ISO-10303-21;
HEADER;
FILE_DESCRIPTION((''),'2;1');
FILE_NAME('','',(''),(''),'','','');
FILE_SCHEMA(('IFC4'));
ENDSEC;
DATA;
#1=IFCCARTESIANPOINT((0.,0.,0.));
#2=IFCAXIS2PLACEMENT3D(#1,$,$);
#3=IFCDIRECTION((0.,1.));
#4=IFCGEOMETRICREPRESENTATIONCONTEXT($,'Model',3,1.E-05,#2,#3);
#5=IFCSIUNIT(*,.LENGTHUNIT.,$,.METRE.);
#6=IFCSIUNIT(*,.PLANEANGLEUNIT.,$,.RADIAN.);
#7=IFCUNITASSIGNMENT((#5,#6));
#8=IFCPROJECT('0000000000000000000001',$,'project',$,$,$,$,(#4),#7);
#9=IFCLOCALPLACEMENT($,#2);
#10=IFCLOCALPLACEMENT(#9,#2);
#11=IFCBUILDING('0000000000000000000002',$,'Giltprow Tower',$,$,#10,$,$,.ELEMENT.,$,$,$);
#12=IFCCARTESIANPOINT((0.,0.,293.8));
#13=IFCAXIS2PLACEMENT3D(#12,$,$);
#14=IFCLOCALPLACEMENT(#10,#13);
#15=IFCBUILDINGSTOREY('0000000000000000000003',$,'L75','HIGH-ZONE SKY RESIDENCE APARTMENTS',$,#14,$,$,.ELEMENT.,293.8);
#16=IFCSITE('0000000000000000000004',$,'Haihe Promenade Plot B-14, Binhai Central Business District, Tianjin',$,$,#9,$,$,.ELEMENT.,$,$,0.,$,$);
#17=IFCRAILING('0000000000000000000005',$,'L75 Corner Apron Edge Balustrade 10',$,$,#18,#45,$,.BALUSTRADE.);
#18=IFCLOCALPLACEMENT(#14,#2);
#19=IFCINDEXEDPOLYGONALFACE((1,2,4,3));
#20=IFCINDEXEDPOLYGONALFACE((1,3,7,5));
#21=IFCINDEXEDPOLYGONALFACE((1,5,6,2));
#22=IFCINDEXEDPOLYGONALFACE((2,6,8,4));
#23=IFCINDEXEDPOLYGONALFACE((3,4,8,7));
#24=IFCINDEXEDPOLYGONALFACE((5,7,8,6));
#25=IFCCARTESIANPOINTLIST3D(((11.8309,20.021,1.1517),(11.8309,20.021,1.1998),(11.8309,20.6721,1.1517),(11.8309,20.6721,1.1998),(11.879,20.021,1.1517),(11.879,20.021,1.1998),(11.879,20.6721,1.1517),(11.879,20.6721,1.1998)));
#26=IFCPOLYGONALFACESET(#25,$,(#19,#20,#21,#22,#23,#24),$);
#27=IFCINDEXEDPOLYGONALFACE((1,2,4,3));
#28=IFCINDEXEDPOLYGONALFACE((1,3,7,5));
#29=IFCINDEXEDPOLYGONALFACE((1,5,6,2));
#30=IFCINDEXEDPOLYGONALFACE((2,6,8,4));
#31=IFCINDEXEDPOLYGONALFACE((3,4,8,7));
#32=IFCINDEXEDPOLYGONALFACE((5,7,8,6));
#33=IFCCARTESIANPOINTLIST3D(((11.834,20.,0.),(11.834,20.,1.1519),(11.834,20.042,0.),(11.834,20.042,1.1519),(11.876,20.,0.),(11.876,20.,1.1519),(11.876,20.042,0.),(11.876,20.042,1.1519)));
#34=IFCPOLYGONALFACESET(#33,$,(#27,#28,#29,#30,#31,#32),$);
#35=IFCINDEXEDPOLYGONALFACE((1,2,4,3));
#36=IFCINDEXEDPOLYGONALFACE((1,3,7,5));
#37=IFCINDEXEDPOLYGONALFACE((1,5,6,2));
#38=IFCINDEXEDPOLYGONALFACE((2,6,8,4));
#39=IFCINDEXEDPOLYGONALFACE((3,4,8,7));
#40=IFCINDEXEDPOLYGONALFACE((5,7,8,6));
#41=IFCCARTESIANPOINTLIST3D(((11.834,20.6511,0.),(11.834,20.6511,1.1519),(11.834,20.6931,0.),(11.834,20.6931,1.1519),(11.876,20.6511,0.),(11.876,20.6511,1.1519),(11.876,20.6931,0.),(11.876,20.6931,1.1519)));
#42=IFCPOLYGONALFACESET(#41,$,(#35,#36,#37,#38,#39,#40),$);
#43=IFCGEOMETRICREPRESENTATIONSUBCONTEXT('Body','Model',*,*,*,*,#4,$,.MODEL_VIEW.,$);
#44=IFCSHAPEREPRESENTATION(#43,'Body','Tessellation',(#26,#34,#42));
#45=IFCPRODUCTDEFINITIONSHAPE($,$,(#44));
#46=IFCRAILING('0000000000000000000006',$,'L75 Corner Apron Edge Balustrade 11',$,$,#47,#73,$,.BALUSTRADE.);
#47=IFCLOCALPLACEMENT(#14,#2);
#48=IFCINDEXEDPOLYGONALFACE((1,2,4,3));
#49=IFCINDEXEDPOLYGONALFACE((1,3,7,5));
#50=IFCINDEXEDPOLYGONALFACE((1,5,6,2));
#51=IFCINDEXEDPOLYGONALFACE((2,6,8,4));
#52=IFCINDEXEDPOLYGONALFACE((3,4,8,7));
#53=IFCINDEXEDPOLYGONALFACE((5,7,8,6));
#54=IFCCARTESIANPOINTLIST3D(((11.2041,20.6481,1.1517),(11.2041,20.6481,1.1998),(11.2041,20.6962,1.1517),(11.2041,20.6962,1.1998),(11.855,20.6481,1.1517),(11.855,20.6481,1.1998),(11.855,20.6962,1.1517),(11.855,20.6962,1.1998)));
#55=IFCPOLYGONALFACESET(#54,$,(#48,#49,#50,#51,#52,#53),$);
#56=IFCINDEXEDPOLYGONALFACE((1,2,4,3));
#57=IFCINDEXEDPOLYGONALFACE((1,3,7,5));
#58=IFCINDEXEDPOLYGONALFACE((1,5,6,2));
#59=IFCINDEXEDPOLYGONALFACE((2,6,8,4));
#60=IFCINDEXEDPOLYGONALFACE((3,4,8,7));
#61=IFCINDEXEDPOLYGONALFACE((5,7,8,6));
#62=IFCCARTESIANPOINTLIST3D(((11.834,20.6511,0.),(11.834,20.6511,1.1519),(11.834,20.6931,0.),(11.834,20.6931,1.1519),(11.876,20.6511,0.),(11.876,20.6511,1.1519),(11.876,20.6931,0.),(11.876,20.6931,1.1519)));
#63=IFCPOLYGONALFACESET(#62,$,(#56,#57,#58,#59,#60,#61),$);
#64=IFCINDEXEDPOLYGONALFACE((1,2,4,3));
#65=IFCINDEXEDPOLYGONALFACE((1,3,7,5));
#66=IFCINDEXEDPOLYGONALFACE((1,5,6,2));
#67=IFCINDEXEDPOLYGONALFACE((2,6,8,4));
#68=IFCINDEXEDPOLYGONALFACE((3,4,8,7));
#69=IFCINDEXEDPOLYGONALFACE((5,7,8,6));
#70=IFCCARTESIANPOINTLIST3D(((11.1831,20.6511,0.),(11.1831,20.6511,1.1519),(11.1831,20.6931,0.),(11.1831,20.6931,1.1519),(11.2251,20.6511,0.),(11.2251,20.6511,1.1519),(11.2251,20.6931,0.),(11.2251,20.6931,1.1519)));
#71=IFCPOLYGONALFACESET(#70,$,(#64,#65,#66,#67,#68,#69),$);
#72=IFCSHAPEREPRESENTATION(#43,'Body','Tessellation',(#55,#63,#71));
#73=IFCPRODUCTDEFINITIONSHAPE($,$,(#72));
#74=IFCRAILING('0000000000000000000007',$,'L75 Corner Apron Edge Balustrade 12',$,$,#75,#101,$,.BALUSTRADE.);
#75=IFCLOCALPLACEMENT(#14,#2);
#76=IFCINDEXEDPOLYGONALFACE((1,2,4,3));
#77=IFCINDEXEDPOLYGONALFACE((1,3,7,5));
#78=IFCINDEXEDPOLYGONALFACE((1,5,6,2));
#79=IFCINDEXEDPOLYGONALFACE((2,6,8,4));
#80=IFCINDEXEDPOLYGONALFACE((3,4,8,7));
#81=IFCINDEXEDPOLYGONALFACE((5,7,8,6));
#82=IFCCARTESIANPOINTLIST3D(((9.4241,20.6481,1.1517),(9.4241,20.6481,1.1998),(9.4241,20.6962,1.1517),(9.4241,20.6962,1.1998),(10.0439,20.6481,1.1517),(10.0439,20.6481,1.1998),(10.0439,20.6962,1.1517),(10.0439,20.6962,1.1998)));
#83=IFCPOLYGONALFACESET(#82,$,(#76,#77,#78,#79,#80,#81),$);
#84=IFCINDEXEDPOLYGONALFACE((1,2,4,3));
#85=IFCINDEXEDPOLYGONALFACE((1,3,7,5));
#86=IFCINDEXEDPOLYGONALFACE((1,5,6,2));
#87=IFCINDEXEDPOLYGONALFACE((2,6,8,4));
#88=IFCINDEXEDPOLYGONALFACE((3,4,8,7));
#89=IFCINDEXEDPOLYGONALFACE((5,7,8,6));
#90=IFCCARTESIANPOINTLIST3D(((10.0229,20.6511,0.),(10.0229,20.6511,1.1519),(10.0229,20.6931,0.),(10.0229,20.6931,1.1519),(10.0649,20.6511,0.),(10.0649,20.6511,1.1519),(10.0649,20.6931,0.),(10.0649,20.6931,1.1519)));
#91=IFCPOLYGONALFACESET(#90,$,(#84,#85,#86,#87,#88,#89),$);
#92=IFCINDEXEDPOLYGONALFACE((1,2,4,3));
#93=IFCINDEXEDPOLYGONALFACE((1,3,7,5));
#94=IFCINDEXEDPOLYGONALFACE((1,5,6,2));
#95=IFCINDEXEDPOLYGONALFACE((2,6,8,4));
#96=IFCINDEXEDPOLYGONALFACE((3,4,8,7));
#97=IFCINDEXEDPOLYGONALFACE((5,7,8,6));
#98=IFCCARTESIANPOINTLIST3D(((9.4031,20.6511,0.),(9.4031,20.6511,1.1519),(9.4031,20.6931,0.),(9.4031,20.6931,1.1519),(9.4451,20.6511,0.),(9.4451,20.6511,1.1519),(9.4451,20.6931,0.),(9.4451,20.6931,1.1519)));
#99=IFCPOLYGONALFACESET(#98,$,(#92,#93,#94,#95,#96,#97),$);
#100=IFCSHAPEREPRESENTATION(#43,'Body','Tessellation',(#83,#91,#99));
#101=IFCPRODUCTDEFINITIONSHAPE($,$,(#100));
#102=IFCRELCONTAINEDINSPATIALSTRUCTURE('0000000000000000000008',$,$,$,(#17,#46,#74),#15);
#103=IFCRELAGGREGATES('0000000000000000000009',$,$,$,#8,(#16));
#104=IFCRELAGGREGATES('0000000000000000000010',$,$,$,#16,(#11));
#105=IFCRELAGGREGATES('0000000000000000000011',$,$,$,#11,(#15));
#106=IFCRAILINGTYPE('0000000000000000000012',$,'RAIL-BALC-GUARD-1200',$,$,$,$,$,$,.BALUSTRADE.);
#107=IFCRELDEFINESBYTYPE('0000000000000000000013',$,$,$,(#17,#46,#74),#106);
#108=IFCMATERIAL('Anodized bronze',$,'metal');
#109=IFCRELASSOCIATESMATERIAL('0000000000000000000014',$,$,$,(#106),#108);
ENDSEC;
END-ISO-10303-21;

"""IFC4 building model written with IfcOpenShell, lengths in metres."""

from ifc_helpers import new_model, si_unit, direction, frame, origin, origin_2d, place, context, subcontext, project, spatial, rectangle, extrude, material, type_object, element, save


model = new_model("IFC4")

# Units and contexts
model_context = context("Model", 3, precision=1e-05, world=origin(), true_north=direction((0.0, 1.0)))
body_context = subcontext(model_context, "Body", "Model", "MODEL_VIEW")
ifc_project = project(units=[si_unit("LENGTHUNIT", "METRE"), si_unit("PLANEANGLEUNIT", "RADIAN")], contexts=[model_context])

# Site, building, storey
site_placement = place(None, origin())
site = spatial("IfcSite", under=ifc_project, at=site_placement, Name="Haihe Promenade Plot B-14, Binhai Central Business District, Tianjin", CompositionType="ELEMENT", RefElevation=0.0)
building_placement = place(site_placement, origin())
building = spatial("IfcBuilding", under=site, at=building_placement, Name="Giltprow Tower", CompositionType="ELEMENT")
storey_placement = place(building_placement, frame((0.0, 0.0, 293.8)))
storey = spatial("IfcBuildingStorey", under=building, at=storey_placement, Name="L75", Description="HIGH-ZONE SKY RESIDENCE APARTMENTS", CompositionType="ELEMENT", Elevation=293.8)

# Railings
ifc_material_1 = material(Name="Anodized bronze", Category="metal")
railing_type = type_object("IfcRailingType", Name="RAIL-BALC-GUARD-1200", PredefinedType="BALUSTRADE", material=ifc_material_1)
railing_1_placement = place(storey_placement, frame((11.855, 20.021, 0.0)))
element("IfcRailing", 1, at=railing_1_placement, inside=storey, type_object=railing_type, Name="L75 Corner Apron Edge Balustrade 10", PredefinedType="BALUSTRADE", context=body_context, shape_type="SweptSolid", body=[
    extrude(rectangle(XDim=0.0481, YDim=0.0481, at=origin_2d()), frame((0.0, 0.0, 1.1758), z_axis=(0.0, 1.0, 0.0), x_axis=(-1.0, 0.0, 0.0)), (0.0, 0.0, 1.0), 0.6511),
    extrude(rectangle(XDim=0.042, YDim=0.042, at=origin_2d()), origin(), (0.0, 0.0, 1.0), 1.1519),
    extrude(rectangle(XDim=0.042, YDim=0.042, at=origin_2d()), frame((0.0, 0.6511, 0.0)), (0.0, 0.0, 1.0), 1.1519),
])
railing_2_placement = place(storey_placement, frame((11.855, 20.6721, 0.0)))
element("IfcRailing", 2, at=railing_2_placement, inside=storey, type_object=railing_type, Name="L75 Corner Apron Edge Balustrade 11", PredefinedType="BALUSTRADE", context=body_context, shape_type="SweptSolid", body=[
    extrude(rectangle(XDim=0.0481, YDim=0.0481, at=origin_2d()), frame((0.0, 0.0, 1.1758), z_axis=(-1.0, 0.0, 0.0), x_axis=(0.0, -1.0, 0.0)), (0.0, 0.0, 1.0), 0.6509),
    extrude(rectangle(XDim=0.042, YDim=0.042, at=origin_2d()), origin(), (0.0, 0.0, 1.0), 1.1519),
    extrude(rectangle(XDim=0.042, YDim=0.042, at=origin_2d()), frame((-0.6509, 0.0, 0.0)), (0.0, 0.0, 1.0), 1.1519),
])
railing_3_placement = place(storey_placement, frame((10.0439, 20.6721, 0.0)))
element("IfcRailing", 3, at=railing_3_placement, inside=storey, type_object=railing_type, Name="L75 Corner Apron Edge Balustrade 12", PredefinedType="BALUSTRADE", context=body_context, shape_type="SweptSolid", body=[
    extrude(rectangle(XDim=0.0481, YDim=0.0481, at=origin_2d()), frame((0.0, 0.0, 1.1758), z_axis=(-1.0, 0.0, 0.0), x_axis=(0.0, -1.0, 0.0)), (0.0, 0.0, 1.0), 0.6199),
    extrude(rectangle(XDim=0.042, YDim=0.042, at=origin_2d()), origin(), (0.0, 0.0, 1.0), 1.1519),
    extrude(rectangle(XDim=0.042, YDim=0.042, at=origin_2d()), frame((-0.6199, 0.0, 0.0)), (0.0, 0.0, 1.0), 1.1519),
])

save(model, "model.ifc")
